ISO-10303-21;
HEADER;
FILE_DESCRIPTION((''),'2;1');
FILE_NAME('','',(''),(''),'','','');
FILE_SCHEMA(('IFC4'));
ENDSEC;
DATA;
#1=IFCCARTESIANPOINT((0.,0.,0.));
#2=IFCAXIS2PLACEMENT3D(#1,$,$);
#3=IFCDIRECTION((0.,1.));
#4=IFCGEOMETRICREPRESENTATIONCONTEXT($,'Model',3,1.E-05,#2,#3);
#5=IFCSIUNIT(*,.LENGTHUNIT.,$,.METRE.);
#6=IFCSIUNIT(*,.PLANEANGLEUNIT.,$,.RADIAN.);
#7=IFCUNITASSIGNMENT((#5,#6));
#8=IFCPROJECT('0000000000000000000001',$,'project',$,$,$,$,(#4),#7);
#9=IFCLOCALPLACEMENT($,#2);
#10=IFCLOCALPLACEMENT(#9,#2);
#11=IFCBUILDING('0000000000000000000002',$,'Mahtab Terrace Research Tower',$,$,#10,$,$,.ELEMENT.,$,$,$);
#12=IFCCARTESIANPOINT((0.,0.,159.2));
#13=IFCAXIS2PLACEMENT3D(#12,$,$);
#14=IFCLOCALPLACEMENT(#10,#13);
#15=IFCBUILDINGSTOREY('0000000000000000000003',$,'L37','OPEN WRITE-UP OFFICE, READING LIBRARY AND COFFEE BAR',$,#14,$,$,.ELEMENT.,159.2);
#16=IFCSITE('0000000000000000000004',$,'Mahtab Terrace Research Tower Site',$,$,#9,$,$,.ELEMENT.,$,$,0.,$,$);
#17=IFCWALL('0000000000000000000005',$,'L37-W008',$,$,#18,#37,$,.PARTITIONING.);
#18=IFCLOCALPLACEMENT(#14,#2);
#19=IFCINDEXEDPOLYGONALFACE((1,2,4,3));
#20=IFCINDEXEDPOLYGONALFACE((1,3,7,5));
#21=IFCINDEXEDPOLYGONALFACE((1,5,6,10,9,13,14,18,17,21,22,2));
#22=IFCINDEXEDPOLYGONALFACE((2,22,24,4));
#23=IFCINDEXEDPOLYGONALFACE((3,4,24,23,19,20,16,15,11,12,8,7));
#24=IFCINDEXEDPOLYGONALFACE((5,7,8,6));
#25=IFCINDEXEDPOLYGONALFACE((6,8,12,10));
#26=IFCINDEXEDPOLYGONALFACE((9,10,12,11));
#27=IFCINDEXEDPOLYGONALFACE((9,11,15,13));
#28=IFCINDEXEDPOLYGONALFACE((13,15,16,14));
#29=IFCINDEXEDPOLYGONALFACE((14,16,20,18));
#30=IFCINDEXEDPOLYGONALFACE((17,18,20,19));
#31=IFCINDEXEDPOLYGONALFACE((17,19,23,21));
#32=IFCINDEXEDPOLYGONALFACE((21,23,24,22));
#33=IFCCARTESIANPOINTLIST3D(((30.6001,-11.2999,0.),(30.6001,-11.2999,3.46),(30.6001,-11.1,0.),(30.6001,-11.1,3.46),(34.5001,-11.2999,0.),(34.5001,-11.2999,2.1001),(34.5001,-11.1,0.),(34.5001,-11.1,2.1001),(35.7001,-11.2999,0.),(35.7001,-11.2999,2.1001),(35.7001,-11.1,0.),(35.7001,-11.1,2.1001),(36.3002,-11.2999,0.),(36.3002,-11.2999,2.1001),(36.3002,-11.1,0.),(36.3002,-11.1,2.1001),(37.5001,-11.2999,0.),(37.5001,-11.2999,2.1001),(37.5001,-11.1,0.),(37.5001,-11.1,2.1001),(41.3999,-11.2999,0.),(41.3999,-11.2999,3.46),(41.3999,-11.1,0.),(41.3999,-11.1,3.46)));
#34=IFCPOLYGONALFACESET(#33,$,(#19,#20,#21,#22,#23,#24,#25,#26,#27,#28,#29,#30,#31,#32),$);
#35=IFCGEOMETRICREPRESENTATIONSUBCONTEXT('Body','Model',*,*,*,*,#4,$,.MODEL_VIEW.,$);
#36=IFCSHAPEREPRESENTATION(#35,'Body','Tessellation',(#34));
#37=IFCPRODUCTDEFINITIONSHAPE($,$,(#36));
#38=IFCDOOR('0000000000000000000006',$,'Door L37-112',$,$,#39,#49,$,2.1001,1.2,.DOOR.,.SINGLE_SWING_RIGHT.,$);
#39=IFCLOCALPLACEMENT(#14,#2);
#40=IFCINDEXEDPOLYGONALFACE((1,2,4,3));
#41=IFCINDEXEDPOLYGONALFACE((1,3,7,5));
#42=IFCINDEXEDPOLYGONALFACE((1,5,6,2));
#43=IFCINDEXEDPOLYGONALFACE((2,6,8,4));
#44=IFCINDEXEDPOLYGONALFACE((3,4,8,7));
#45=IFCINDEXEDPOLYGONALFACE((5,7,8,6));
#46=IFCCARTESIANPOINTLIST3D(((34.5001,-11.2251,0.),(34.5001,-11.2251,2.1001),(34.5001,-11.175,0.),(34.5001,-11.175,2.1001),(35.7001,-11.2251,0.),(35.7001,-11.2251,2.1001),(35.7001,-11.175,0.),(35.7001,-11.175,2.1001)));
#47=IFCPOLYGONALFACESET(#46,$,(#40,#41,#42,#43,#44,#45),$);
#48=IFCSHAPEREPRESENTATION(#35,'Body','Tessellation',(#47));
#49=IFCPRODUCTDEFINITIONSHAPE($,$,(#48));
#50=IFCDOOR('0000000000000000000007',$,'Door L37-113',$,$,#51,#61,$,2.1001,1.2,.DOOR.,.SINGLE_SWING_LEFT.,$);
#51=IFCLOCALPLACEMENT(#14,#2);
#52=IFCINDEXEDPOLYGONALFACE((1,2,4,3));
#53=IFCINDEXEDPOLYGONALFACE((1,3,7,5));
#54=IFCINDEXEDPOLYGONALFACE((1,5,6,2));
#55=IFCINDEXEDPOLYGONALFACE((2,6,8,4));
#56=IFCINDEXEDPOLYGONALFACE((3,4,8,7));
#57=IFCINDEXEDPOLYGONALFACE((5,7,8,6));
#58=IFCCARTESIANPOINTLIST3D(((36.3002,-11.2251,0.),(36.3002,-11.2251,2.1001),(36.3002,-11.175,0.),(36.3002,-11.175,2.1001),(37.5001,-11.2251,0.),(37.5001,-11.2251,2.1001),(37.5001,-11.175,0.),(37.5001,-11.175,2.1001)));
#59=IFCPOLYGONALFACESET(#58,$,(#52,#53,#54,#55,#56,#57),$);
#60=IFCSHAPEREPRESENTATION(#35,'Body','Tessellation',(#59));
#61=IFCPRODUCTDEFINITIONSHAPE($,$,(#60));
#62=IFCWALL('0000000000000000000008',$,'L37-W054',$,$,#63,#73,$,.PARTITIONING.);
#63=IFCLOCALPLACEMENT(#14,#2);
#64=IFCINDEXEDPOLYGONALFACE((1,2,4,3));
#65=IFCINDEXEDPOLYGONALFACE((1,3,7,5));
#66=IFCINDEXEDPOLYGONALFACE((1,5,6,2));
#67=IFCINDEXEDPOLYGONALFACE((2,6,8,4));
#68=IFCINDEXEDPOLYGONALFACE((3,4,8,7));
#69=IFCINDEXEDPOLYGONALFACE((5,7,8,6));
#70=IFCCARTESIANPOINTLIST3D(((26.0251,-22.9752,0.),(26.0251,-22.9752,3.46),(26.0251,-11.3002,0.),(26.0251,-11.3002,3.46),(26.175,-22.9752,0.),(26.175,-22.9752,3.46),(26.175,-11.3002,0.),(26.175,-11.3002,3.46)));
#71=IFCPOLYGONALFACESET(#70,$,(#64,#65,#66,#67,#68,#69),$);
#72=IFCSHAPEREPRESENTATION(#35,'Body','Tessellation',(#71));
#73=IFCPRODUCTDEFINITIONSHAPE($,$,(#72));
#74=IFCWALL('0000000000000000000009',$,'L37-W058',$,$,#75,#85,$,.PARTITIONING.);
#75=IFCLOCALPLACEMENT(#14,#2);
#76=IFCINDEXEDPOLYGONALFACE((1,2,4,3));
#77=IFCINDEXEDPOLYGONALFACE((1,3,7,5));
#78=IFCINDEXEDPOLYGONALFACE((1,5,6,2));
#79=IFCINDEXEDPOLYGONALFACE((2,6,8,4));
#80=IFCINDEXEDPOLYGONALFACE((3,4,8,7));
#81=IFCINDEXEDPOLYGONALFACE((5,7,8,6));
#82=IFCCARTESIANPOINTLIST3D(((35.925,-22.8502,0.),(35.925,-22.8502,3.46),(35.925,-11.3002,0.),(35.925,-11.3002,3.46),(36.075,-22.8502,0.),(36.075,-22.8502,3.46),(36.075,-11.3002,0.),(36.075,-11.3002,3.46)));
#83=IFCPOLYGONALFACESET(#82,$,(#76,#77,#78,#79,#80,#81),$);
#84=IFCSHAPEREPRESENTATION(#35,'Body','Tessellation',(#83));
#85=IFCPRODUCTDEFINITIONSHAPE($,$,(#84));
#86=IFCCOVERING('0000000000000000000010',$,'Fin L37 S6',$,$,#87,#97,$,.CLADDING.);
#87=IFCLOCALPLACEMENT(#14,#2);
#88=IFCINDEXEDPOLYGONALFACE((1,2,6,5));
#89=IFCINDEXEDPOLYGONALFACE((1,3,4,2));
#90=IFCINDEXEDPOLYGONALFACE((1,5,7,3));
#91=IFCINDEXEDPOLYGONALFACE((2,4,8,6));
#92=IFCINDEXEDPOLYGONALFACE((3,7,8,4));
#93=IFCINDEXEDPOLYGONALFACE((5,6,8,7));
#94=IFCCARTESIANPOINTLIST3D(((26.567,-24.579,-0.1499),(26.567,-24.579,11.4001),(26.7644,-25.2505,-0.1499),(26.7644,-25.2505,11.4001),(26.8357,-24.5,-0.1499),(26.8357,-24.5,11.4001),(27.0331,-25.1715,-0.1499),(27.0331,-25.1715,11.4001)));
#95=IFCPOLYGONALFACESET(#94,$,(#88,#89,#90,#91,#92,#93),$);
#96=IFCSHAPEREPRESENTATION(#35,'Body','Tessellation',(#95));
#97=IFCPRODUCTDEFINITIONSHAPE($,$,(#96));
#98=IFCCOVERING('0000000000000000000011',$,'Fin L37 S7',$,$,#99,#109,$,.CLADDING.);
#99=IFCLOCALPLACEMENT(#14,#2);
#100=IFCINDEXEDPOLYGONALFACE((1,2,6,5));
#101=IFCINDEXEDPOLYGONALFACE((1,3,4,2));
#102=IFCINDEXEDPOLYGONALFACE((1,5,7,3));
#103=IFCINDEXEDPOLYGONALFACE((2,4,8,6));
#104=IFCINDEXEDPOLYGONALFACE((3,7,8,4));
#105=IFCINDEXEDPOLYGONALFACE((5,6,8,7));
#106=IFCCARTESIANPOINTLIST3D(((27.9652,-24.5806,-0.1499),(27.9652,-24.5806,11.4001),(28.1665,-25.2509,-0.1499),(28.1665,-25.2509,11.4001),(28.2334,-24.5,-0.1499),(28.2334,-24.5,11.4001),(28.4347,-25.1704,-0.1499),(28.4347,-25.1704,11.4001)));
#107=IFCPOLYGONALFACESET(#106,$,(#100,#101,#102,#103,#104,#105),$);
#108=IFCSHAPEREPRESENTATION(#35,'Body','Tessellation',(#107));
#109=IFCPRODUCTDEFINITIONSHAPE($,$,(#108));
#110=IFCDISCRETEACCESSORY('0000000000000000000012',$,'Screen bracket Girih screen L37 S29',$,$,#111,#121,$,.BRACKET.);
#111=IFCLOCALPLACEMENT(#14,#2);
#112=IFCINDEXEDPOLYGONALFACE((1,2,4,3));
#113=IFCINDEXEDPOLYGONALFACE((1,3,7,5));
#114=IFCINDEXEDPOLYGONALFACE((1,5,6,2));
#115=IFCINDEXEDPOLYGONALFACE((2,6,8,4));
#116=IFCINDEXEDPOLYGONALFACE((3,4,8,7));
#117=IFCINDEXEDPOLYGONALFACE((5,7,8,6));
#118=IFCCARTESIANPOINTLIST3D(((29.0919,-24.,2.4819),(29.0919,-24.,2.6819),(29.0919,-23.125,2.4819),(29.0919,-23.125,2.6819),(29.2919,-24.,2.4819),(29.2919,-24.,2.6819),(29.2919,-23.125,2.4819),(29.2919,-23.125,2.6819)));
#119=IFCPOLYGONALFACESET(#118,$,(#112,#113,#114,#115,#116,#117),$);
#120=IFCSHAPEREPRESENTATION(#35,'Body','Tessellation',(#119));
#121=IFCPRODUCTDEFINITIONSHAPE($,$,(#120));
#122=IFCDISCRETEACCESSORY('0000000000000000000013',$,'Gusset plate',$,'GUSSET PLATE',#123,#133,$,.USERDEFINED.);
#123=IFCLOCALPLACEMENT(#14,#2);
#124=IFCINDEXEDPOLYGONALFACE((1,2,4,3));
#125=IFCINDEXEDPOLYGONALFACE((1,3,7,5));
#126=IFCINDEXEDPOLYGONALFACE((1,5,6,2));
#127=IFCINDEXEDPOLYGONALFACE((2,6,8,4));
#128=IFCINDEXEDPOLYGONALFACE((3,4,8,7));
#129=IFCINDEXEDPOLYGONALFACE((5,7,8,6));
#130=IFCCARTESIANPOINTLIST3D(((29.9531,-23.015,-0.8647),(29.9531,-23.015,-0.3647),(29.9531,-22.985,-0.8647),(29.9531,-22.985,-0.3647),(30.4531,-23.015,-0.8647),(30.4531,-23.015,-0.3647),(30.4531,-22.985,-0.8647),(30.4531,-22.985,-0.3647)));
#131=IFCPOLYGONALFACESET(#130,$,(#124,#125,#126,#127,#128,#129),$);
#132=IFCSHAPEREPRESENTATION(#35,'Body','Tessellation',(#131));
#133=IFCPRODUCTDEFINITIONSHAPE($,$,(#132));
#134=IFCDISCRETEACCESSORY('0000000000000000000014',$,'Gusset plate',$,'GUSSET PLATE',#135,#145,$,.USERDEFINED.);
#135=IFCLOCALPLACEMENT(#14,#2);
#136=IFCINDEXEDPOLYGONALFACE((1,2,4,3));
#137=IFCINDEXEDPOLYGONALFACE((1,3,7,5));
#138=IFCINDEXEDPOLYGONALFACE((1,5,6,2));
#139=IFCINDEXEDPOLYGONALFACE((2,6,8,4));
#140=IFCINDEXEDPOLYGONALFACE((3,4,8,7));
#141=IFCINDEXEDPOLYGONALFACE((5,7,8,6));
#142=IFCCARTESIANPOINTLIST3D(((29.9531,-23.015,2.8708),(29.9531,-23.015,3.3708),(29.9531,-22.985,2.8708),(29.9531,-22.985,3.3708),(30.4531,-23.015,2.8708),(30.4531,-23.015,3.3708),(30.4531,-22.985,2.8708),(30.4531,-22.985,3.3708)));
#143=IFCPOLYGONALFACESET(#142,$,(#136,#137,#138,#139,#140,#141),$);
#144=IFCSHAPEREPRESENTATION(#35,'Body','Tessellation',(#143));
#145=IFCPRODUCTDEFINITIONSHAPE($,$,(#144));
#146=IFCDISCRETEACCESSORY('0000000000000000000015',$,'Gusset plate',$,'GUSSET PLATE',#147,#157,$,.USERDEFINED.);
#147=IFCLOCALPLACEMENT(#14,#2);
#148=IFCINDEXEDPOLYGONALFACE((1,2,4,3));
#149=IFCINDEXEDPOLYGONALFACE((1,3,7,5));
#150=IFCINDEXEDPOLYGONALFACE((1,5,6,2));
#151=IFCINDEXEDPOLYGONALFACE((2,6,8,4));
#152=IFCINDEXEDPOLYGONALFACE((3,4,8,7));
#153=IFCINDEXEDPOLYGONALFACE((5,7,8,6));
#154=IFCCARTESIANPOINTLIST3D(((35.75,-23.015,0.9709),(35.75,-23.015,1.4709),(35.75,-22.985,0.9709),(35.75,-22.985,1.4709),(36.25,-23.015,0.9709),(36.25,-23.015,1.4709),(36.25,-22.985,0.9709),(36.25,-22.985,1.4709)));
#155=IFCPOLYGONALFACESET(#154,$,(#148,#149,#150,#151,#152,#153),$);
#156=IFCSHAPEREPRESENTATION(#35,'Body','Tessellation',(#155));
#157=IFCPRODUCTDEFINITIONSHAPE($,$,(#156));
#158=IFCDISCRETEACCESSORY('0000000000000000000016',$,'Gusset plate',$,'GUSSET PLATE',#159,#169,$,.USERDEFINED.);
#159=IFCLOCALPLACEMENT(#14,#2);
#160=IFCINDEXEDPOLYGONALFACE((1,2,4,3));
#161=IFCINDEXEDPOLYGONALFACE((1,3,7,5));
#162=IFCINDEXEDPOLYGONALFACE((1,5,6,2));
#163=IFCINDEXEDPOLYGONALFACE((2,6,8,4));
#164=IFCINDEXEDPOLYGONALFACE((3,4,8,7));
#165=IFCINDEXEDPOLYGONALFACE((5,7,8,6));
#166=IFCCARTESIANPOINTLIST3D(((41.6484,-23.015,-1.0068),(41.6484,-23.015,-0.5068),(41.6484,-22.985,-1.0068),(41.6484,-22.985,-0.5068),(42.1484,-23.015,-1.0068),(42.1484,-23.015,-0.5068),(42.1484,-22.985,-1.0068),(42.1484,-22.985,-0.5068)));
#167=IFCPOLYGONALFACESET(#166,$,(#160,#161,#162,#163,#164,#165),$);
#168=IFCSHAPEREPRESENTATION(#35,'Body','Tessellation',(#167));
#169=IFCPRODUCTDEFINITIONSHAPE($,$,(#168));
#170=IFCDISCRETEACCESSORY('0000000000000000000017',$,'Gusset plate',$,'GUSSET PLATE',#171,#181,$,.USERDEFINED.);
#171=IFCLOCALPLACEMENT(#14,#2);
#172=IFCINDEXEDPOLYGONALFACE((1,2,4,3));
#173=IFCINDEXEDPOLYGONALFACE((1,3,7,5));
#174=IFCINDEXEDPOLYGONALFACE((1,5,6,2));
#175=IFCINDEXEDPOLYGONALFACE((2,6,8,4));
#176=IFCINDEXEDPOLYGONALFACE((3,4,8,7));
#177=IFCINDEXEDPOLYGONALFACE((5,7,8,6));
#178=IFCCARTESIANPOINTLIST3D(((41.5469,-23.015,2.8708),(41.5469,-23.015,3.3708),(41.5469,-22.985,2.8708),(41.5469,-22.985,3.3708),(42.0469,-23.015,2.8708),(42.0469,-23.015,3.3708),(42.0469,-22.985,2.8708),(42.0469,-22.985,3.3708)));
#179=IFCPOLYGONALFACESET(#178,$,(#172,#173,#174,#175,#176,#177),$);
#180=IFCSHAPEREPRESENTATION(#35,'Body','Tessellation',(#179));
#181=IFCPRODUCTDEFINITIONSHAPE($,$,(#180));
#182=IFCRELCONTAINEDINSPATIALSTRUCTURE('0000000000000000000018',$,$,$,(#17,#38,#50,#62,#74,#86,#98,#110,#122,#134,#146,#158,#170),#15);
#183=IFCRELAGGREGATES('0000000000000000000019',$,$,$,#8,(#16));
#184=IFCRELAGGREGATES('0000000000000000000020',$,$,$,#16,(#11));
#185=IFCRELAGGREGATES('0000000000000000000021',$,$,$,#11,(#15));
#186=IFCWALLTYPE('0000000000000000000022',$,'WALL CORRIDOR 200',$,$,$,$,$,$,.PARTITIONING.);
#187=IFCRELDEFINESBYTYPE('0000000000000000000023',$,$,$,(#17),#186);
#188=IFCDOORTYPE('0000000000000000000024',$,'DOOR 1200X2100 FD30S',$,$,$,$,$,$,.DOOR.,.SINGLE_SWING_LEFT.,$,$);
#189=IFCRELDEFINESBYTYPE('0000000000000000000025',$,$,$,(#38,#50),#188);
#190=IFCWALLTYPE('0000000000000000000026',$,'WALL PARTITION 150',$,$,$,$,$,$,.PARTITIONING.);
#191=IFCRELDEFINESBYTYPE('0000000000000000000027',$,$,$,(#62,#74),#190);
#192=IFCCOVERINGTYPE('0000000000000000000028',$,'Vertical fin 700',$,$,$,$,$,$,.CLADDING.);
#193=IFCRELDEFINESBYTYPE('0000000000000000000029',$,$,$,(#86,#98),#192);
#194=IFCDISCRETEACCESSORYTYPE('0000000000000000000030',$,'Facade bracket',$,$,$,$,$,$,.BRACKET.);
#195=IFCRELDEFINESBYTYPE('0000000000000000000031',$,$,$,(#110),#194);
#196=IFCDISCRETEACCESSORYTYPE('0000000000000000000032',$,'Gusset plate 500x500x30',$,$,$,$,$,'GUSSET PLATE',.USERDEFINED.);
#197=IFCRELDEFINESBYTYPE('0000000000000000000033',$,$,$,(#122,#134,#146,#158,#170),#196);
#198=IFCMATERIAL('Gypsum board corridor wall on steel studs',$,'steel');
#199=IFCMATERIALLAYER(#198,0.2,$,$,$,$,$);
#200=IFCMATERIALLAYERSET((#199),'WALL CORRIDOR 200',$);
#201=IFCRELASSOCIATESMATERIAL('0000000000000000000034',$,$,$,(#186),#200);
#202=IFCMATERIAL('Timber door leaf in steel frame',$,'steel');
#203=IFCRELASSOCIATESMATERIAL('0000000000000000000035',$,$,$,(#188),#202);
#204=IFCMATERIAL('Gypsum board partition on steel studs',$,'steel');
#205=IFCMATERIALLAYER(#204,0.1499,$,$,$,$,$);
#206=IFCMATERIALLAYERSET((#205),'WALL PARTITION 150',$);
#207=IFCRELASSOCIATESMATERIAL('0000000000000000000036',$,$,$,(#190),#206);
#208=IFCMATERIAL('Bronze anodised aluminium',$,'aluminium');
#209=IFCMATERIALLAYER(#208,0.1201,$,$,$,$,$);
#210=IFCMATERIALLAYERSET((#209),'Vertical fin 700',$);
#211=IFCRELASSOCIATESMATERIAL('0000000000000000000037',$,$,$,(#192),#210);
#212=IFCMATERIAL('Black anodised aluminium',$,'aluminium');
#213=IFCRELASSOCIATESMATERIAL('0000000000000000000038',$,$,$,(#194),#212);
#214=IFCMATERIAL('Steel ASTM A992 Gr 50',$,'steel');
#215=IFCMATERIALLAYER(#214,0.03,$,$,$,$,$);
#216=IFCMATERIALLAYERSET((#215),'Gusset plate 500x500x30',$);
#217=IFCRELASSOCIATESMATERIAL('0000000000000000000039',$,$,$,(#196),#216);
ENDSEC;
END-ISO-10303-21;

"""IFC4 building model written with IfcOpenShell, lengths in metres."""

from ifc_helpers import new_model, si_unit, direction, frame, frame_2d, origin, origin_2d, place, context, subcontext, project, spatial, rectangle, extrude, material, layer, layer_set, type_object, element, fill, save


model = new_model("IFC4")

# Units and contexts
model_context = context("Model", 3, precision=1e-05, world=origin(), true_north=direction((0.0, 1.0)))
body_context = subcontext(model_context, "Body", "Model", "MODEL_VIEW")
ifc_project = project(units=[si_unit("LENGTHUNIT", "METRE"), si_unit("PLANEANGLEUNIT", "RADIAN")], contexts=[model_context])

# Site, building, storey
site_placement = place(None, origin())
site = spatial("IfcSite", under=ifc_project, at=site_placement, Name="Mahtab Terrace Research Tower Site", CompositionType="ELEMENT", RefElevation=0.0)
building_placement = place(site_placement, origin())
building = spatial("IfcBuilding", under=site, at=building_placement, Name="Mahtab Terrace Research Tower", CompositionType="ELEMENT")
storey_placement = place(building_placement, frame((0.0, 0.0, 159.2)))
storey = spatial("IfcBuildingStorey", under=building, at=storey_placement, Name="L37", Description="OPEN WRITE-UP OFFICE, READING LIBRARY AND COFFEE BAR", CompositionType="ELEMENT", Elevation=159.2)

# Shared definitions
ifc_material_1 = material(Name="Steel ASTM A992 Gr 50", Category="steel")

# Wall, openings, doors
ifc_material_2 = material(Name="Gypsum board corridor wall on steel studs", Category="steel")
ifc_layer_1 = layer(ifc_material_2, 0.2)
ifc_layer_set_1 = layer_set([ifc_layer_1], Name="WALL CORRIDOR 200")
wall_type_1 = type_object("IfcWallType", Name="WALL CORRIDOR 200", PredefinedType="PARTITIONING", material=ifc_layer_set_1)
wall_1_placement = place(storey_placement, frame((30.6001, -11.2, 0.0), z_axis=(0.0, 0.0, 1.0), x_axis=(1.0, 0.0, 0.0)))
wall_1 = element("IfcWall", 1, at=wall_1_placement, inside=storey, type_object=wall_type_1, Name="L37-W008", PredefinedType="PARTITIONING", context=body_context, shape_type="SweptSolid", body=[
    extrude(rectangle(XDim=10.7998, YDim=0.2, at=frame_2d((5.3999, 0.0))), origin(), (0.0, 0.0, 1.0), 3.46),
])
opening_1_placement = place(wall_1_placement, frame((3.8999, 0.0, 0.0)))
opening_1 = element("IfcOpeningElement", 2, at=opening_1_placement, cuts=wall_1, PredefinedType="OPENING", context=body_context, shape_type="SweptSolid", body=[
    extrude(rectangle(XDim=1.2, YDim=2.1001, at=frame_2d((0.6001, 1.05))), frame((0.0, 0.1099, 0.0), z_axis=(0.0, -1.0, 0.0), x_axis=(1.0, 0.0, 0.0)), (0.0, 0.0, 1.0), 0.22),
])
opening_2_placement = place(wall_1_placement, frame((5.7, 0.0, 0.0)))
opening_2 = element("IfcOpeningElement", 3, at=opening_2_placement, cuts=wall_1, PredefinedType="OPENING", context=body_context, shape_type="SweptSolid", body=[
    extrude(rectangle(XDim=1.2, YDim=2.1001, at=frame_2d((0.6001, 1.05))), frame((0.0, 0.1099, 0.0), z_axis=(0.0, -1.0, 0.0), x_axis=(1.0, 0.0, 0.0)), (0.0, 0.0, 1.0), 0.22),
])
ifc_material_3 = material(Name="Timber door leaf in steel frame", Category="steel")
door_type = type_object("IfcDoorType", Name="DOOR 1200X2100 FD30S", OperationType="SINGLE_SWING_LEFT", PredefinedType="DOOR", material=ifc_material_3)
door_1_placement = place(opening_1_placement, origin())
door_1 = element("IfcDoor", 4, at=door_1_placement, inside=storey, type_object=door_type, Name="Door L37-112", OperationType="SINGLE_SWING_RIGHT", OverallHeight=2.1001, OverallWidth=1.2, PredefinedType="DOOR", context=body_context, shape_type="SweptSolid", body=[
    extrude(rectangle(XDim=1.2, YDim=2.1001, at=frame_2d((0.6001, 1.05))), frame((0.0, 0.0249, 0.0), z_axis=(0.0, -1.0, 0.0), x_axis=(1.0, 0.0, 0.0)), (0.0, 0.0, 1.0), 0.05),
])
fill(opening_1, door_1)
door_2_placement = place(opening_2_placement, origin())
door_2 = element("IfcDoor", 5, at=door_2_placement, inside=storey, type_object=door_type, Name="Door L37-113", OperationType="SINGLE_SWING_LEFT", OverallHeight=2.1001, OverallWidth=1.2, PredefinedType="DOOR", context=body_context, shape_type="SweptSolid", body=[
    extrude(rectangle(XDim=1.2, YDim=2.1001, at=frame_2d((0.6001, 1.05))), frame((0.0, 0.0249, 0.0), z_axis=(0.0, -1.0, 0.0), x_axis=(1.0, 0.0, 0.0)), (0.0, 0.0, 1.0), 0.05),
])
fill(opening_2, door_2)

# Walls
ifc_material_4 = material(Name="Gypsum board partition on steel studs", Category="steel")
ifc_layer_2 = layer(ifc_material_4, 0.1499)
ifc_layer_set_2 = layer_set([ifc_layer_2], Name="WALL PARTITION 150")
wall_type_2 = type_object("IfcWallType", Name="WALL PARTITION 150", PredefinedType="PARTITIONING", material=ifc_layer_set_2)
wall_2_placement = place(storey_placement, frame((26.1001, -22.9751, 0.0), z_axis=(0.0, 0.0, 1.0), x_axis=(0.0, 1.0, 0.0)))
element("IfcWall", 6, at=wall_2_placement, inside=storey, type_object=wall_type_2, Name="L37-W054", PredefinedType="PARTITIONING", context=body_context, shape_type="SweptSolid", body=[
    extrude(rectangle(XDim=11.675, YDim=0.1499, at=frame_2d((5.8374, 0.0))), origin(), (0.0, 0.0, 1.0), 3.46),
])
wall_3_placement = place(storey_placement, frame((36.0, -22.8501, 0.0), z_axis=(0.0, 0.0, 1.0), x_axis=(0.0, 1.0, 0.0)))
element("IfcWall", 7, at=wall_3_placement, inside=storey, type_object=wall_type_2, Name="L37-W058", PredefinedType="PARTITIONING", context=body_context, shape_type="SweptSolid", body=[
    extrude(rectangle(XDim=11.55, YDim=0.1499, at=frame_2d((5.7749, 0.0))), origin(), (0.0, 0.0, 1.0), 3.46),
])

# Coverings
ifc_material_5 = material(Name="Bronze anodised aluminium", Category="aluminium")
ifc_layer_3 = layer(ifc_material_5, 0.1201)
ifc_layer_set_3 = layer_set([ifc_layer_3], Name="Vertical fin 700")
covering_type = type_object("IfcCoveringType", Name="Vertical fin 700", PredefinedType="CLADDING", material=ifc_layer_set_3)
for number, where, z_axis, x_axis, name in (
    (8, (26.8, -24.8752, -0.1499), (0.0, 0.0, 1.0), (0.959408, 0.282023, 0.0), "Fin L37 S6"),
    (9, (28.2, -24.8755, -0.1499), (0.0, 0.0, 1.0), (0.957751, 0.287599, 0.0), "Fin L37 S7"),
):
    element("IfcCovering", number, at=place(storey_placement, frame(where, z_axis=z_axis, x_axis=x_axis)), inside=storey, type_object=covering_type, Name=name, PredefinedType="CLADDING", context=body_context, shape_type="SweptSolid", body=[
        extrude(rectangle(XDim=0.28, YDim=0.7, at=origin_2d()), origin(), (0.0, 0.0, 1.0), 11.55),
    ])

# Discrete accessories
ifc_material_6 = material(Name="Black anodised aluminium", Category="aluminium")
discrete_accessory_type_1 = type_object("IfcDiscreteAccessoryType", Name="Facade bracket", PredefinedType="BRACKET", material=ifc_material_6)
discrete_accessory_placement = place(storey_placement, frame((29.1919, -23.5625, 2.4819), z_axis=(0.0, 0.0, 1.0), x_axis=(1.0, 0.0, 0.0)))
element("IfcDiscreteAccessory", 10, at=discrete_accessory_placement, inside=storey, type_object=discrete_accessory_type_1, Name="Screen bracket Girih screen L37 S29", PredefinedType="BRACKET", context=body_context, shape_type="SweptSolid", body=[
    extrude(rectangle(XDim=0.2, YDim=0.875, at=origin_2d()), origin(), (0.0, 0.0, 1.0), 0.2),
])
ifc_layer_4 = layer(ifc_material_1, 0.03)
ifc_layer_set_4 = layer_set([ifc_layer_4], Name="Gusset plate 500x500x30")
discrete_accessory_type_2 = type_object("IfcDiscreteAccessoryType", Name="Gusset plate 500x500x30", ElementType="GUSSET PLATE", PredefinedType="USERDEFINED", material=ifc_layer_set_4)
for number, where, z_axis, x_axis, name in (
    (11, (30.2031, -23.0, -0.8647), (0.0, 0.0, 1.0), (1.0, 0.0, 0.0), "Gusset plate"),
    (12, (30.2031, -23.0, 2.8708), (0.0, 0.0, 1.0), (1.0, 0.0, 0.0), "Gusset plate"),
    (13, (36.0, -23.0, 0.9709), (0.0, 0.0, 1.0), (1.0, 0.0, 0.0), "Gusset plate"),
    (14, (41.8984, -23.0, -1.0068), (0.0, 0.0, 1.0), (1.0, 0.0, 0.0), "Gusset plate"),
    (15, (41.7969, -23.0, 2.8708), (0.0, 0.0, 1.0), (1.0, 0.0, 0.0), "Gusset plate"),
):
    element("IfcDiscreteAccessory", number, at=place(storey_placement, frame(where, z_axis=z_axis, x_axis=x_axis)), inside=storey, type_object=discrete_accessory_type_2, Name=name, ObjectType="GUSSET PLATE", PredefinedType="USERDEFINED", context=body_context, shape_type="SweptSolid", body=[
        extrude(rectangle(XDim=0.5, YDim=0.03, at=origin_2d()), origin(), (0.0, 0.0, 1.0), 0.5),
    ])

save(model, "model.ifc")
